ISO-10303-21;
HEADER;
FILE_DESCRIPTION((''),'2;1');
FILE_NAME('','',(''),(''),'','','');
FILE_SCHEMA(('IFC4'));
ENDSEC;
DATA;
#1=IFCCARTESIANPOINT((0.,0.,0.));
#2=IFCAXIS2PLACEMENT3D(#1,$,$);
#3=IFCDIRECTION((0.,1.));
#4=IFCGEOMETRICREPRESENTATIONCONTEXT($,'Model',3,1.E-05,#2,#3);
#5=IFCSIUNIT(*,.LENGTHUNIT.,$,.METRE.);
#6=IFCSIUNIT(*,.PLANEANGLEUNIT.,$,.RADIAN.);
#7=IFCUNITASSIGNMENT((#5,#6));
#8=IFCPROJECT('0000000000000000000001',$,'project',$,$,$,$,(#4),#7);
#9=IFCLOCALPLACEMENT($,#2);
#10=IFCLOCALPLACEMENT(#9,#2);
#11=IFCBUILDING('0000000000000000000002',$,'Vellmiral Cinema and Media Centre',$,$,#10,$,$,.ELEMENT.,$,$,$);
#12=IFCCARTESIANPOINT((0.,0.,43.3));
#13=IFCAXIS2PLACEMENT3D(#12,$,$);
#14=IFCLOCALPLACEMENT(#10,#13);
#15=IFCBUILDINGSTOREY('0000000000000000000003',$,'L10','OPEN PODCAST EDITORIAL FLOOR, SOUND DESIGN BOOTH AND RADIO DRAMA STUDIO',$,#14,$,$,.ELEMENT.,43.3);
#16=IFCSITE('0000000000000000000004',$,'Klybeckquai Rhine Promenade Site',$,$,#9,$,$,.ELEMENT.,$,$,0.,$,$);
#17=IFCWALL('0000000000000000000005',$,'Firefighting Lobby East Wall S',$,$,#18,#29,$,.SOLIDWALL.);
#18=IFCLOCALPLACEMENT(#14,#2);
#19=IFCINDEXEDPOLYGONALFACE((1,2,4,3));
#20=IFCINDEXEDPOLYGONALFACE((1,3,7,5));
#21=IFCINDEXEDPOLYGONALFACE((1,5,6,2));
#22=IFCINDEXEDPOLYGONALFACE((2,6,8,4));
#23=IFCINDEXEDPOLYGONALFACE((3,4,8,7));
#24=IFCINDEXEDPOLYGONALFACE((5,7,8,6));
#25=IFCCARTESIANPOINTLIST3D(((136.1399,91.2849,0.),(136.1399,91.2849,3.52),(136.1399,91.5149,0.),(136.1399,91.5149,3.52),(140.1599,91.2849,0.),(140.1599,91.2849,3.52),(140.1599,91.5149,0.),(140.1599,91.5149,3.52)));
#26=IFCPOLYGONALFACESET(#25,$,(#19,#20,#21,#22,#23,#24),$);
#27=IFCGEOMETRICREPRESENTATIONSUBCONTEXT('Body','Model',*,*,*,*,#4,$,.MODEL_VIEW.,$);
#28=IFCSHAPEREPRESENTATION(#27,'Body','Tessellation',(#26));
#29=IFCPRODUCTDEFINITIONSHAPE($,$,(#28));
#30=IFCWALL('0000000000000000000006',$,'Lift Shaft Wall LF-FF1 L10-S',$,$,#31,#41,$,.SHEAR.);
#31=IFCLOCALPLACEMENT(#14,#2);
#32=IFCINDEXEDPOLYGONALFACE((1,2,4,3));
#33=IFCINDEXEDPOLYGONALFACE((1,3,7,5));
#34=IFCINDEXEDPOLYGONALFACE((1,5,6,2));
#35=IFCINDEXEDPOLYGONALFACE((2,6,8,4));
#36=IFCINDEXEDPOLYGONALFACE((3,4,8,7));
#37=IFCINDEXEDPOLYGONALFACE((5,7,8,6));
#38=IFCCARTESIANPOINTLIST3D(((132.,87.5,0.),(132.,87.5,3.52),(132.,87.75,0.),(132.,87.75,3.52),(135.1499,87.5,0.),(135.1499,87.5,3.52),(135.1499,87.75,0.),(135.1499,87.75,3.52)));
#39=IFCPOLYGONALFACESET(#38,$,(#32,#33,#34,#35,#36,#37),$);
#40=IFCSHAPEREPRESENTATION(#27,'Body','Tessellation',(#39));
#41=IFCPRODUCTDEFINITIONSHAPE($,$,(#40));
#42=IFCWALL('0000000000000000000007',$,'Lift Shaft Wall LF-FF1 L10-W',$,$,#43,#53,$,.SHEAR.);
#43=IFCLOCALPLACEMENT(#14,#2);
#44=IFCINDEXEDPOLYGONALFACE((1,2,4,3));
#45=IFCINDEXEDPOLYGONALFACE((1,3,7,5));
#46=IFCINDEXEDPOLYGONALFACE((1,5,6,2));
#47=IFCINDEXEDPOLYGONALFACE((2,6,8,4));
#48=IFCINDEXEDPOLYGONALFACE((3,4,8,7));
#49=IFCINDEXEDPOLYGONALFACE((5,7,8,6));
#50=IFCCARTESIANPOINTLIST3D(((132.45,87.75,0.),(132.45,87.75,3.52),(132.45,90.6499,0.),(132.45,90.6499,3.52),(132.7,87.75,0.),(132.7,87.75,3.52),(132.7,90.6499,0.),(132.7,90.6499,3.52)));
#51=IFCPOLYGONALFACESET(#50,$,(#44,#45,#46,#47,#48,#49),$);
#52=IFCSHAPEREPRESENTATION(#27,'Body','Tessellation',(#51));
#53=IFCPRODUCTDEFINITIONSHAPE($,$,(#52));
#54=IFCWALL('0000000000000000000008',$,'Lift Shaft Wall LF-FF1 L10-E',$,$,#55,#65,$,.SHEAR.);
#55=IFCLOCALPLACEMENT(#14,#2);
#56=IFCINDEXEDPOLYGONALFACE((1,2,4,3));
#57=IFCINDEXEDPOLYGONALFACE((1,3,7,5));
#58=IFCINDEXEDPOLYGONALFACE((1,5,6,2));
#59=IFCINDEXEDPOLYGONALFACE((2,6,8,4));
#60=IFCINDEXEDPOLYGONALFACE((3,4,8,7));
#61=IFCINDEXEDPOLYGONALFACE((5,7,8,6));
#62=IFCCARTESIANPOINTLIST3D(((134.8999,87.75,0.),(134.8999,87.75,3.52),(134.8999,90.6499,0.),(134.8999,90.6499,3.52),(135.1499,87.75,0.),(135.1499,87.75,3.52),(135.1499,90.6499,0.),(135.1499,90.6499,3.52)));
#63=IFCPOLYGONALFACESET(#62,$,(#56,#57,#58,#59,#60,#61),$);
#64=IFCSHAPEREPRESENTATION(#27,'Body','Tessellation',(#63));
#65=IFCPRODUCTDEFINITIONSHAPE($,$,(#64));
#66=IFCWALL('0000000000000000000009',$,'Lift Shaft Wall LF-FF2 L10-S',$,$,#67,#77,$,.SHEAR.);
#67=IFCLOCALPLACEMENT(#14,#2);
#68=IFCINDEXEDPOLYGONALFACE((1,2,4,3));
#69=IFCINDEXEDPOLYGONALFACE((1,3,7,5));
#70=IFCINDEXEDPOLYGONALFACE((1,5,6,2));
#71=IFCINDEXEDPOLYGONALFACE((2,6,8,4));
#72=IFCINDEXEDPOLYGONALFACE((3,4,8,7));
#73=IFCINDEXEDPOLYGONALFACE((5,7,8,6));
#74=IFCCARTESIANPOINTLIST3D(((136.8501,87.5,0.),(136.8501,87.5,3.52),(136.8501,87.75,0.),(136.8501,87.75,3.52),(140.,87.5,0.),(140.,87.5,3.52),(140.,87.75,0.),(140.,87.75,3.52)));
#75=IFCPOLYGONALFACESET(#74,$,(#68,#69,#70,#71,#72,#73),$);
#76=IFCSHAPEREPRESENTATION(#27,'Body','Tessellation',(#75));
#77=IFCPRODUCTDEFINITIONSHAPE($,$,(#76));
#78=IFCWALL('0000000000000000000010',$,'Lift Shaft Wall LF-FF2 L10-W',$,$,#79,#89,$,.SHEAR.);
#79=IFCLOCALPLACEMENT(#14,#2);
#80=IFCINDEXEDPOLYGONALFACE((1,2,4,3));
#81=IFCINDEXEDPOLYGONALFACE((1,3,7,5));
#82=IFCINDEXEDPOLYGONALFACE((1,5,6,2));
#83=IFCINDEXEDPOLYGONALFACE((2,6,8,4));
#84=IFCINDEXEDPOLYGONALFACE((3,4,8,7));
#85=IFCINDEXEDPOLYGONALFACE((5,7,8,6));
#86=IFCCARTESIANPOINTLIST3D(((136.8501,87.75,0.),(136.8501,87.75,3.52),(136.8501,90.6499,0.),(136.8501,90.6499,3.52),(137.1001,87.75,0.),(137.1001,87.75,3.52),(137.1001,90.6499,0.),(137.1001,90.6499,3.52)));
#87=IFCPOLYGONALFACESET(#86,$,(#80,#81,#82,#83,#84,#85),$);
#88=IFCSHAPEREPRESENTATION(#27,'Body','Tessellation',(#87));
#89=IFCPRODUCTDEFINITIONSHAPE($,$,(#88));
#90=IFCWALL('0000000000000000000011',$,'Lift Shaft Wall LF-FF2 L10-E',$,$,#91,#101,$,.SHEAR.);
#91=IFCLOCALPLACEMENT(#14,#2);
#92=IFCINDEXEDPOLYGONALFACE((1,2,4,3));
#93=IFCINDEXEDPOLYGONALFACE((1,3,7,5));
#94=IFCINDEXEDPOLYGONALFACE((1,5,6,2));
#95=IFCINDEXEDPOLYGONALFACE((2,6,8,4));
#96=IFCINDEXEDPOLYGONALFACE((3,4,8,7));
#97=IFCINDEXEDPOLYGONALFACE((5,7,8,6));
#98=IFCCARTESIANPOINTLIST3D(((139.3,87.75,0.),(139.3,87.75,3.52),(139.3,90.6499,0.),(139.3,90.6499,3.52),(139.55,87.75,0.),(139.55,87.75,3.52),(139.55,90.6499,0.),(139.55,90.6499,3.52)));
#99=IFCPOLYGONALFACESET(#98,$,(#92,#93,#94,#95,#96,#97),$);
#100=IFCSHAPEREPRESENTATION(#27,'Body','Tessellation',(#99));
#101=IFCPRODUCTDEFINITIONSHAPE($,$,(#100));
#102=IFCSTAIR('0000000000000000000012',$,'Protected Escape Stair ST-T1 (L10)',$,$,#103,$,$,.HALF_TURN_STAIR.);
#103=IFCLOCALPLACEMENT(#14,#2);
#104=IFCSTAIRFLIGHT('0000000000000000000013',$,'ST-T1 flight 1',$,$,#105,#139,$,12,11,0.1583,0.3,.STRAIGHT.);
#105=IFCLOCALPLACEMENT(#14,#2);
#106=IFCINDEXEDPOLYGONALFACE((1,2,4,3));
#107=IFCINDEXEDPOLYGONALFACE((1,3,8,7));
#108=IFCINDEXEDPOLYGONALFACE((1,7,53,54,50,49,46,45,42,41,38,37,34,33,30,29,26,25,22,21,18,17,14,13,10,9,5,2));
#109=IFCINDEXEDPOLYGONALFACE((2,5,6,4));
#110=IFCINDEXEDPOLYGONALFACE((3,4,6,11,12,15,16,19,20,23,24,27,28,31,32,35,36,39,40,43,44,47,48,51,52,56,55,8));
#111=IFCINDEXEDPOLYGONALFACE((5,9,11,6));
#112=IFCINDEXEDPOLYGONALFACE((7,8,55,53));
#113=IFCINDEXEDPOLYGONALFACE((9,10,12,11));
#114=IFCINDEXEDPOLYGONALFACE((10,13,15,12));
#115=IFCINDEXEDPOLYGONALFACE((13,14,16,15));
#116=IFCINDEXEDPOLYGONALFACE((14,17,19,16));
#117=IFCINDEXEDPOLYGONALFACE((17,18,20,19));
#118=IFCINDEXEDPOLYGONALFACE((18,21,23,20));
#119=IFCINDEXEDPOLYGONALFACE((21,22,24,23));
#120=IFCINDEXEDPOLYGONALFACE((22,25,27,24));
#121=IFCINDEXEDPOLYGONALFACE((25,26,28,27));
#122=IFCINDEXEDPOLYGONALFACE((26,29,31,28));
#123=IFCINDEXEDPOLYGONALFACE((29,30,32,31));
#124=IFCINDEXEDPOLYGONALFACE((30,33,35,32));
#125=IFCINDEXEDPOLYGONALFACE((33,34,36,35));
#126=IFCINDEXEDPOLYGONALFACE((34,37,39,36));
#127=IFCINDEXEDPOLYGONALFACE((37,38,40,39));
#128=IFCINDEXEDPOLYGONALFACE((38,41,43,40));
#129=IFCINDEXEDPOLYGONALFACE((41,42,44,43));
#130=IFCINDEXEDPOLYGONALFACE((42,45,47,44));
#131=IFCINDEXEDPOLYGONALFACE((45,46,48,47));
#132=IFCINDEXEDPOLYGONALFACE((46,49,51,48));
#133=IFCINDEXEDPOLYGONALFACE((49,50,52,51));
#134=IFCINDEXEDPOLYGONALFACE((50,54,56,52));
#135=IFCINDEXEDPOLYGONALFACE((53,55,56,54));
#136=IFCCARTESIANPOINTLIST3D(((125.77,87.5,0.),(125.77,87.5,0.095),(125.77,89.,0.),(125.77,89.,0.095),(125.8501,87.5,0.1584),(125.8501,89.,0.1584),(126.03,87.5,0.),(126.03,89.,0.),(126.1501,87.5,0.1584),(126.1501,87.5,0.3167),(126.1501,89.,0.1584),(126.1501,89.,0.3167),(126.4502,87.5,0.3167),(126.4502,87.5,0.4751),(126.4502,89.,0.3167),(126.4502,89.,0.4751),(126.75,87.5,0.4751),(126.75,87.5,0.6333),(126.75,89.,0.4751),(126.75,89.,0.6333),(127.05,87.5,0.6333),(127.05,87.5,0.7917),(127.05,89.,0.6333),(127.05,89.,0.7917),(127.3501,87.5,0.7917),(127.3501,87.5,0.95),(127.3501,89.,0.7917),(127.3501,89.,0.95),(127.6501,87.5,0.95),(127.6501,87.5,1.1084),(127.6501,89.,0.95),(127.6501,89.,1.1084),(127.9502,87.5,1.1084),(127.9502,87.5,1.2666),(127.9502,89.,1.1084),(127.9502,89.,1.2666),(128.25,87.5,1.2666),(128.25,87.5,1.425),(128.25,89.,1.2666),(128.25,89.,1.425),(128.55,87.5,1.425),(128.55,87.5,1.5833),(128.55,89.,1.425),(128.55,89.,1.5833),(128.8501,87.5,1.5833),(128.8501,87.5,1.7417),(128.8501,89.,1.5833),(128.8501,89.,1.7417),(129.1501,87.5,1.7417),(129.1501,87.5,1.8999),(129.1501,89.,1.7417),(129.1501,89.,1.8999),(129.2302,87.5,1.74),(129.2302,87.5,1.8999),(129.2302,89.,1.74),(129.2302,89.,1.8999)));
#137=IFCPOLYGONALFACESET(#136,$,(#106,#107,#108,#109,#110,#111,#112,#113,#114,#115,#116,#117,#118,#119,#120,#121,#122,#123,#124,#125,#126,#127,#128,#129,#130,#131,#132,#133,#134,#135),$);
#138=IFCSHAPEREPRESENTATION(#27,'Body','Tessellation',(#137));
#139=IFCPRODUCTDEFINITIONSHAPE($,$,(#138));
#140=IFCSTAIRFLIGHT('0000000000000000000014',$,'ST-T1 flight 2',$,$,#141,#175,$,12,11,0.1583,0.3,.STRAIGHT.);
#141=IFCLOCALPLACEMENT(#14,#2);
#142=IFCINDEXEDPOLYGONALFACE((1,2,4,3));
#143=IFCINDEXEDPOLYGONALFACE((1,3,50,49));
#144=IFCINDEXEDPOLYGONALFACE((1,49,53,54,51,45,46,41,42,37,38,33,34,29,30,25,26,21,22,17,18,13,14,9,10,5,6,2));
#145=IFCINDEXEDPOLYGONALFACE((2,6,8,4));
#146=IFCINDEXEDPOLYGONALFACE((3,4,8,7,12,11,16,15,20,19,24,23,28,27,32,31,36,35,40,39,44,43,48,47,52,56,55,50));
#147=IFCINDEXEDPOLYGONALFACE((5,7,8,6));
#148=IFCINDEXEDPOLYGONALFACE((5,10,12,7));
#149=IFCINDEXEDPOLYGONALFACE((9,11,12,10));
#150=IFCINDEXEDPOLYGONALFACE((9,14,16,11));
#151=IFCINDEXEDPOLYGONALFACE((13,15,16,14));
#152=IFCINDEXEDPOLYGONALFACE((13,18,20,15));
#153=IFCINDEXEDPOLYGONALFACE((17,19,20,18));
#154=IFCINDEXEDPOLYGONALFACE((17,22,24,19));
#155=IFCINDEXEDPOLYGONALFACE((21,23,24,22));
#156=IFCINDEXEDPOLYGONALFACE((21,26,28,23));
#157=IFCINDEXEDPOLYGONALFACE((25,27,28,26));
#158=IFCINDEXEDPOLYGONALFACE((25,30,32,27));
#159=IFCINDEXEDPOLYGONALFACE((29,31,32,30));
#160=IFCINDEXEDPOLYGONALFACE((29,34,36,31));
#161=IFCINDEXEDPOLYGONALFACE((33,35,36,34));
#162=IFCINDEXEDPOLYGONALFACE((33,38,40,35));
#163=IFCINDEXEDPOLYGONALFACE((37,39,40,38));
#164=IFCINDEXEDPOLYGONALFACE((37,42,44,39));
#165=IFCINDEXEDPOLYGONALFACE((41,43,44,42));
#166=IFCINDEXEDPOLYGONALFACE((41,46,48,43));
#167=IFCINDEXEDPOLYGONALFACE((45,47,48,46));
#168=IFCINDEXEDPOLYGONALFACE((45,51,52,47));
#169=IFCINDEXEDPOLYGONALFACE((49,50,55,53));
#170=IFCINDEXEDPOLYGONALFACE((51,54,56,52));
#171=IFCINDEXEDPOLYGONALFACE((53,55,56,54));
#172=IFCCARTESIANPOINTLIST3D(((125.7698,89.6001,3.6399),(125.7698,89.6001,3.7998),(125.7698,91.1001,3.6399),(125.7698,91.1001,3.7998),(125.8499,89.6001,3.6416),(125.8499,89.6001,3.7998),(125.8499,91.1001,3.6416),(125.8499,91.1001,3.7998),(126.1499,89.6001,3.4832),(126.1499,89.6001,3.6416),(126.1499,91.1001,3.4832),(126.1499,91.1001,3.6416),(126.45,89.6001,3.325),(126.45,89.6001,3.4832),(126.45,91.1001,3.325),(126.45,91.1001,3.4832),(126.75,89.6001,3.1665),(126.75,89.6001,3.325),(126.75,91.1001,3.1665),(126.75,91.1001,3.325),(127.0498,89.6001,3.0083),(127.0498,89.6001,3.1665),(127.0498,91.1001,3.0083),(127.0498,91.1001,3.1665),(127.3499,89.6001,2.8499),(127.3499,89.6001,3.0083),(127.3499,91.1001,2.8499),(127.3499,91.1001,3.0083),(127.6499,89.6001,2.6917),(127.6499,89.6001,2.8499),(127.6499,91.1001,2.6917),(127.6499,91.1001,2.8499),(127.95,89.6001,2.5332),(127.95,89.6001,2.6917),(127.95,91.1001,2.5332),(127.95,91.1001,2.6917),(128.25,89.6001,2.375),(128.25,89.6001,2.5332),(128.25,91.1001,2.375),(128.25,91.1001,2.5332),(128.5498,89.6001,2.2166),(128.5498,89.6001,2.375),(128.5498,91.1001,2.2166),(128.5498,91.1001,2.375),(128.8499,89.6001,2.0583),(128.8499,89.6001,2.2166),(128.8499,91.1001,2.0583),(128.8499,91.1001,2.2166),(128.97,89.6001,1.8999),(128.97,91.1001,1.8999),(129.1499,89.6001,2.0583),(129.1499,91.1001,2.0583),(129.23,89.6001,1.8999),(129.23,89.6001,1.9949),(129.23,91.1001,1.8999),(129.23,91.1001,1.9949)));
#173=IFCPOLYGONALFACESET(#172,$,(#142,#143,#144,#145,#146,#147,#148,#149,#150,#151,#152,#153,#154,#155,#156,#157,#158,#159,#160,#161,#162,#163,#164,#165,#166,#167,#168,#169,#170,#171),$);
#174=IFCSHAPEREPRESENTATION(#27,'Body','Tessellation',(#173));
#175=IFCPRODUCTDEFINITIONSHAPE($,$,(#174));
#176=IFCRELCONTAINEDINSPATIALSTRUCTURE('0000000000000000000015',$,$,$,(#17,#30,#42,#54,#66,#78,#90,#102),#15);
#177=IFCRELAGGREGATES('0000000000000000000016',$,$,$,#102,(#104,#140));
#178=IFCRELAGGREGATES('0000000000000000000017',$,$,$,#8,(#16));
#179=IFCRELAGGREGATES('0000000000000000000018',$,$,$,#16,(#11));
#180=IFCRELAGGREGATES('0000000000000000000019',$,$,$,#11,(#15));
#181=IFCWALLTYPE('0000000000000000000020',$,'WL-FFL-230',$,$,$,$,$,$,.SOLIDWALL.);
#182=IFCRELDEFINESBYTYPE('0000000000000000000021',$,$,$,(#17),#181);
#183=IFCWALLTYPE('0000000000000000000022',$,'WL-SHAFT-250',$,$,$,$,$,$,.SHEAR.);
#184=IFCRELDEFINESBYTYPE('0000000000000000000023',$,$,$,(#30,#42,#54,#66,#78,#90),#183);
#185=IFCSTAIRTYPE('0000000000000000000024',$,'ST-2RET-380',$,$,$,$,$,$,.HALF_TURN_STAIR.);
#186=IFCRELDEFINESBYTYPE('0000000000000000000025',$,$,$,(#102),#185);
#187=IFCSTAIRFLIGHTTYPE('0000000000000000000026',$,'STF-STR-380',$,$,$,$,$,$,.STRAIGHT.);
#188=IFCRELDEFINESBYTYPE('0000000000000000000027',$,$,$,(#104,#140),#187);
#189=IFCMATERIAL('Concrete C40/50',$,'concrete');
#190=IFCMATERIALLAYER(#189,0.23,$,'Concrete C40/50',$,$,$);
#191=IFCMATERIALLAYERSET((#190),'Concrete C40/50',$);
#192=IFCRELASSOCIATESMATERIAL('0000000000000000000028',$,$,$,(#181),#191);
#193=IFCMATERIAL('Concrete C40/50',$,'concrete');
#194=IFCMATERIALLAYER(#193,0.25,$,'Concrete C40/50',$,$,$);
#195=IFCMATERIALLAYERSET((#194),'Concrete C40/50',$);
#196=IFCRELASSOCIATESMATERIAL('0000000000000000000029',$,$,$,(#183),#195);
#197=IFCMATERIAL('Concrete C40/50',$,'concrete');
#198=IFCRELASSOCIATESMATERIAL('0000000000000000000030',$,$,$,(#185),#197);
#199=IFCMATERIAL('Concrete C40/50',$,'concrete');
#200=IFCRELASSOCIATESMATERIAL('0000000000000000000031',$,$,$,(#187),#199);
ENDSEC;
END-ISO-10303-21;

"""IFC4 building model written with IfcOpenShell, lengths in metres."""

from ifc_helpers import new_model, si_unit, direction, frame, frame_2d, origin, place, context, subcontext, project, spatial, polyline, rectangle, outline, extrude, material, layer, layer_set, type_object, element, aggregate, save


model = new_model("IFC4")

# Units and contexts
model_context = context("Model", 3, precision=1e-05, world=origin(), true_north=direction((0.0, 1.0)))
body_context = subcontext(model_context, "Body", "Model", "MODEL_VIEW")
ifc_project = project(units=[si_unit("LENGTHUNIT", "METRE"), si_unit("PLANEANGLEUNIT", "RADIAN")], contexts=[model_context])

# Site, building, storey
site_placement = place(None, origin())
site = spatial("IfcSite", under=ifc_project, at=site_placement, Name="Klybeckquai Rhine Promenade Site", CompositionType="ELEMENT", RefElevation=0.0)
building_placement = place(site_placement, origin())
building = spatial("IfcBuilding", under=site, at=building_placement, Name="Vellmiral Cinema and Media Centre", CompositionType="ELEMENT")
storey_placement = place(building_placement, frame((0.0, 0.0, 43.3)))
storey = spatial("IfcBuildingStorey", under=building, at=storey_placement, Name="L10", Description="OPEN PODCAST EDITORIAL FLOOR, SOUND DESIGN BOOTH AND RADIO DRAMA STUDIO", CompositionType="ELEMENT", Elevation=43.3)

# Walls
ifc_material_1 = material(Name="Concrete C40/50", Category="concrete")
ifc_layer_1 = layer(ifc_material_1, 0.23, Name="Concrete C40/50")
ifc_layer_set_1 = layer_set([ifc_layer_1], Name="Concrete C40/50")
wall_type_1 = type_object("IfcWallType", Name="WL-FFL-230", PredefinedType="SOLIDWALL", material=ifc_layer_set_1)
wall_1_placement = place(storey_placement, frame((136.1399, 91.3999, 0.0), z_axis=(0.0, 0.0, 1.0), x_axis=(1.0, 0.0, 0.0)))
element("IfcWall", 1, at=wall_1_placement, inside=storey, type_object=wall_type_1, Name="Firefighting Lobby East Wall S", PredefinedType="SOLIDWALL", context=body_context, shape_type="SweptSolid", body=[
    extrude(rectangle(XDim=4.02, YDim=0.23, at=frame_2d((2.01, 0.0))), origin(), (0.0, 0.0, 1.0), 3.52),
])
ifc_material_2 = material(Name="Concrete C40/50", Category="concrete")
ifc_layer_2 = layer(ifc_material_2, 0.25, Name="Concrete C40/50")
ifc_layer_set_2 = layer_set([ifc_layer_2], Name="Concrete C40/50")
wall_type_2 = type_object("IfcWallType", Name="WL-SHAFT-250", PredefinedType="SHEAR", material=ifc_layer_set_2)
wall_2_placement = place(storey_placement, frame((132.0, 87.625, 0.0), z_axis=(0.0, 0.0, 1.0), x_axis=(1.0, 0.0, 0.0)))
element("IfcWall", 2, at=wall_2_placement, inside=storey, type_object=wall_type_2, Name="Lift Shaft Wall LF-FF1 L10-S", PredefinedType="SHEAR", context=body_context, shape_type="SweptSolid", body=[
    extrude(rectangle(XDim=3.1499, YDim=0.25, at=frame_2d((1.575, 0.0))), origin(), (0.0, 0.0, 1.0), 3.52),
])

# Walls
for number, where, z_axis, x_axis, name in (
    (3, (132.575, 87.75, 0.0), (0.0, 0.0, 1.0), (0.0, 1.0, 0.0), "Lift Shaft Wall LF-FF1 L10-W"),
    (4, (135.0249, 87.75, 0.0), (0.0, 0.0, 1.0), (0.0, 1.0, 0.0), "Lift Shaft Wall LF-FF1 L10-E"),
):
    element("IfcWall", number, at=place(storey_placement, frame(where, z_axis=z_axis, x_axis=x_axis)), inside=storey, type_object=wall_type_2, Name=name, PredefinedType="SHEAR", context=body_context, shape_type="SweptSolid", body=[
        extrude(rectangle(XDim=2.8999, YDim=0.25, at=frame_2d((1.45, 0.0))), origin(), (0.0, 0.0, 1.0), 3.52),
    ])
wall_3_placement = place(storey_placement, frame((136.8501, 87.625, 0.0), z_axis=(0.0, 0.0, 1.0), x_axis=(1.0, 0.0, 0.0)))
element("IfcWall", 5, at=wall_3_placement, inside=storey, type_object=wall_type_2, Name="Lift Shaft Wall LF-FF2 L10-S", PredefinedType="SHEAR", context=body_context, shape_type="SweptSolid", body=[
    extrude(rectangle(XDim=3.1499, YDim=0.25, at=frame_2d((1.575, 0.0))), origin(), (0.0, 0.0, 1.0), 3.52),
])

# Walls
for number, where, z_axis, x_axis, name in (
    (6, (136.9751, 87.75, 0.0), (0.0, 0.0, 1.0), (0.0, 1.0, 0.0), "Lift Shaft Wall LF-FF2 L10-W"),
    (7, (139.425, 87.75, 0.0), (0.0, 0.0, 1.0), (0.0, 1.0, 0.0), "Lift Shaft Wall LF-FF2 L10-E"),
):
    element("IfcWall", number, at=place(storey_placement, frame(where, z_axis=z_axis, x_axis=x_axis)), inside=storey, type_object=wall_type_2, Name=name, PredefinedType="SHEAR", context=body_context, shape_type="SweptSolid", body=[
        extrude(rectangle(XDim=2.8999, YDim=0.25, at=frame_2d((1.45, 0.0))), origin(), (0.0, 0.0, 1.0), 3.52),
    ])

# Stair, stair flights
ifc_material_3 = material(Name="Concrete C40/50", Category="concrete")
stair_type = type_object("IfcStairType", Name="ST-2RET-380", PredefinedType="HALF_TURN_STAIR", material=ifc_material_3)
stair_placement = place(storey_placement, origin())
stair = element("IfcStair", 8, at=stair_placement, inside=storey, type_object=stair_type, Name="Protected Escape Stair ST-T1 (L10)", PredefinedType="HALF_TURN_STAIR")
ifc_material_4 = material(Name="Concrete C40/50", Category="concrete")
stair_flight_type = type_object("IfcStairFlightType", Name="STF-STR-380", PredefinedType="STRAIGHT", material=ifc_material_4)
stair_flight_1_placement = place(storey_placement, frame((125.8501, 88.25, 0.0), z_axis=(0.0, 0.0, 1.0), x_axis=(1.0, 0.0, 0.0)))
stair_flight_1 = element("IfcStairFlight", 9, at=stair_flight_1_placement, type_object=stair_flight_type, Name="ST-T1 flight 1", NumberOfRisers=12, NumberOfTreads=11, PredefinedType="STRAIGHT", RiserHeight=0.1583, TreadLength=0.3, context=body_context, shape_type="SweptSolid", body=[
    extrude(outline(polyline([(-0.0801, 0.0), (-0.0801, 0.095), (0.0, 0.1584), (0.3, 0.1584), (0.3, 0.3167), (0.6001, 0.3167), (0.6001, 0.4751), (0.8999, 0.4751), (0.8999, 0.6333), (1.2, 0.6333), (1.2, 0.7917), (1.5, 0.7917), (1.5, 0.95), (1.8, 0.95), (1.8, 1.1084), (2.1001, 1.1084), (2.1001, 1.2666), (2.3999, 1.2666), (2.3999, 1.425), (2.7, 1.425), (2.7, 1.5833), (3.0, 1.5833), (3.0, 1.7417), (3.3, 1.7417), (3.3, 1.8999), (3.3801, 1.8999), (3.3801, 1.74), (0.1799, 0.0), (-0.0801, 0.0)])), frame((0.0, 0.75, 0.0), z_axis=(0.0, -1.0, 0.0), x_axis=(1.0, 0.0, 0.0)), (0.0, 0.0, 1.0), 1.5),
])
stair_flight_2_placement = place(storey_placement, frame((129.1499, 90.3501, 1.8999), z_axis=(0.0, 0.0, 1.0), x_axis=(-1.0, 0.0, 0.0)))
stair_flight_2 = element("IfcStairFlight", 10, at=stair_flight_2_placement, type_object=stair_flight_type, Name="ST-T1 flight 2", NumberOfRisers=12, NumberOfTreads=11, PredefinedType="STRAIGHT", RiserHeight=0.1583, TreadLength=0.3, context=body_context, shape_type="SweptSolid", body=[
    extrude(outline(polyline([(-0.0801, 0.0), (-0.0801, 0.095), (0.0, 0.1584), (0.3, 0.1584), (0.3, 0.3167), (0.6001, 0.3167), (0.6001, 0.4751), (0.8999, 0.4751), (0.8999, 0.6333), (1.2, 0.6333), (1.2, 0.7917), (1.5, 0.7917), (1.5, 0.95), (1.8, 0.95), (1.8, 1.1084), (2.1001, 1.1084), (2.1001, 1.2666), (2.3999, 1.2666), (2.3999, 1.425), (2.7, 1.425), (2.7, 1.5833), (3.0, 1.5833), (3.0, 1.7417), (3.3, 1.7417), (3.3, 1.8999), (3.3801, 1.8999), (3.3801, 1.74), (0.1799, 0.0), (-0.0801, 0.0)])), frame((0.0, 0.75, 0.0), z_axis=(0.0, -1.0, 0.0), x_axis=(1.0, 0.0, 0.0)), (0.0, 0.0, 1.0), 1.5),
])
aggregate(stair, [stair_flight_1, stair_flight_2])

save(model, "model.ifc")
